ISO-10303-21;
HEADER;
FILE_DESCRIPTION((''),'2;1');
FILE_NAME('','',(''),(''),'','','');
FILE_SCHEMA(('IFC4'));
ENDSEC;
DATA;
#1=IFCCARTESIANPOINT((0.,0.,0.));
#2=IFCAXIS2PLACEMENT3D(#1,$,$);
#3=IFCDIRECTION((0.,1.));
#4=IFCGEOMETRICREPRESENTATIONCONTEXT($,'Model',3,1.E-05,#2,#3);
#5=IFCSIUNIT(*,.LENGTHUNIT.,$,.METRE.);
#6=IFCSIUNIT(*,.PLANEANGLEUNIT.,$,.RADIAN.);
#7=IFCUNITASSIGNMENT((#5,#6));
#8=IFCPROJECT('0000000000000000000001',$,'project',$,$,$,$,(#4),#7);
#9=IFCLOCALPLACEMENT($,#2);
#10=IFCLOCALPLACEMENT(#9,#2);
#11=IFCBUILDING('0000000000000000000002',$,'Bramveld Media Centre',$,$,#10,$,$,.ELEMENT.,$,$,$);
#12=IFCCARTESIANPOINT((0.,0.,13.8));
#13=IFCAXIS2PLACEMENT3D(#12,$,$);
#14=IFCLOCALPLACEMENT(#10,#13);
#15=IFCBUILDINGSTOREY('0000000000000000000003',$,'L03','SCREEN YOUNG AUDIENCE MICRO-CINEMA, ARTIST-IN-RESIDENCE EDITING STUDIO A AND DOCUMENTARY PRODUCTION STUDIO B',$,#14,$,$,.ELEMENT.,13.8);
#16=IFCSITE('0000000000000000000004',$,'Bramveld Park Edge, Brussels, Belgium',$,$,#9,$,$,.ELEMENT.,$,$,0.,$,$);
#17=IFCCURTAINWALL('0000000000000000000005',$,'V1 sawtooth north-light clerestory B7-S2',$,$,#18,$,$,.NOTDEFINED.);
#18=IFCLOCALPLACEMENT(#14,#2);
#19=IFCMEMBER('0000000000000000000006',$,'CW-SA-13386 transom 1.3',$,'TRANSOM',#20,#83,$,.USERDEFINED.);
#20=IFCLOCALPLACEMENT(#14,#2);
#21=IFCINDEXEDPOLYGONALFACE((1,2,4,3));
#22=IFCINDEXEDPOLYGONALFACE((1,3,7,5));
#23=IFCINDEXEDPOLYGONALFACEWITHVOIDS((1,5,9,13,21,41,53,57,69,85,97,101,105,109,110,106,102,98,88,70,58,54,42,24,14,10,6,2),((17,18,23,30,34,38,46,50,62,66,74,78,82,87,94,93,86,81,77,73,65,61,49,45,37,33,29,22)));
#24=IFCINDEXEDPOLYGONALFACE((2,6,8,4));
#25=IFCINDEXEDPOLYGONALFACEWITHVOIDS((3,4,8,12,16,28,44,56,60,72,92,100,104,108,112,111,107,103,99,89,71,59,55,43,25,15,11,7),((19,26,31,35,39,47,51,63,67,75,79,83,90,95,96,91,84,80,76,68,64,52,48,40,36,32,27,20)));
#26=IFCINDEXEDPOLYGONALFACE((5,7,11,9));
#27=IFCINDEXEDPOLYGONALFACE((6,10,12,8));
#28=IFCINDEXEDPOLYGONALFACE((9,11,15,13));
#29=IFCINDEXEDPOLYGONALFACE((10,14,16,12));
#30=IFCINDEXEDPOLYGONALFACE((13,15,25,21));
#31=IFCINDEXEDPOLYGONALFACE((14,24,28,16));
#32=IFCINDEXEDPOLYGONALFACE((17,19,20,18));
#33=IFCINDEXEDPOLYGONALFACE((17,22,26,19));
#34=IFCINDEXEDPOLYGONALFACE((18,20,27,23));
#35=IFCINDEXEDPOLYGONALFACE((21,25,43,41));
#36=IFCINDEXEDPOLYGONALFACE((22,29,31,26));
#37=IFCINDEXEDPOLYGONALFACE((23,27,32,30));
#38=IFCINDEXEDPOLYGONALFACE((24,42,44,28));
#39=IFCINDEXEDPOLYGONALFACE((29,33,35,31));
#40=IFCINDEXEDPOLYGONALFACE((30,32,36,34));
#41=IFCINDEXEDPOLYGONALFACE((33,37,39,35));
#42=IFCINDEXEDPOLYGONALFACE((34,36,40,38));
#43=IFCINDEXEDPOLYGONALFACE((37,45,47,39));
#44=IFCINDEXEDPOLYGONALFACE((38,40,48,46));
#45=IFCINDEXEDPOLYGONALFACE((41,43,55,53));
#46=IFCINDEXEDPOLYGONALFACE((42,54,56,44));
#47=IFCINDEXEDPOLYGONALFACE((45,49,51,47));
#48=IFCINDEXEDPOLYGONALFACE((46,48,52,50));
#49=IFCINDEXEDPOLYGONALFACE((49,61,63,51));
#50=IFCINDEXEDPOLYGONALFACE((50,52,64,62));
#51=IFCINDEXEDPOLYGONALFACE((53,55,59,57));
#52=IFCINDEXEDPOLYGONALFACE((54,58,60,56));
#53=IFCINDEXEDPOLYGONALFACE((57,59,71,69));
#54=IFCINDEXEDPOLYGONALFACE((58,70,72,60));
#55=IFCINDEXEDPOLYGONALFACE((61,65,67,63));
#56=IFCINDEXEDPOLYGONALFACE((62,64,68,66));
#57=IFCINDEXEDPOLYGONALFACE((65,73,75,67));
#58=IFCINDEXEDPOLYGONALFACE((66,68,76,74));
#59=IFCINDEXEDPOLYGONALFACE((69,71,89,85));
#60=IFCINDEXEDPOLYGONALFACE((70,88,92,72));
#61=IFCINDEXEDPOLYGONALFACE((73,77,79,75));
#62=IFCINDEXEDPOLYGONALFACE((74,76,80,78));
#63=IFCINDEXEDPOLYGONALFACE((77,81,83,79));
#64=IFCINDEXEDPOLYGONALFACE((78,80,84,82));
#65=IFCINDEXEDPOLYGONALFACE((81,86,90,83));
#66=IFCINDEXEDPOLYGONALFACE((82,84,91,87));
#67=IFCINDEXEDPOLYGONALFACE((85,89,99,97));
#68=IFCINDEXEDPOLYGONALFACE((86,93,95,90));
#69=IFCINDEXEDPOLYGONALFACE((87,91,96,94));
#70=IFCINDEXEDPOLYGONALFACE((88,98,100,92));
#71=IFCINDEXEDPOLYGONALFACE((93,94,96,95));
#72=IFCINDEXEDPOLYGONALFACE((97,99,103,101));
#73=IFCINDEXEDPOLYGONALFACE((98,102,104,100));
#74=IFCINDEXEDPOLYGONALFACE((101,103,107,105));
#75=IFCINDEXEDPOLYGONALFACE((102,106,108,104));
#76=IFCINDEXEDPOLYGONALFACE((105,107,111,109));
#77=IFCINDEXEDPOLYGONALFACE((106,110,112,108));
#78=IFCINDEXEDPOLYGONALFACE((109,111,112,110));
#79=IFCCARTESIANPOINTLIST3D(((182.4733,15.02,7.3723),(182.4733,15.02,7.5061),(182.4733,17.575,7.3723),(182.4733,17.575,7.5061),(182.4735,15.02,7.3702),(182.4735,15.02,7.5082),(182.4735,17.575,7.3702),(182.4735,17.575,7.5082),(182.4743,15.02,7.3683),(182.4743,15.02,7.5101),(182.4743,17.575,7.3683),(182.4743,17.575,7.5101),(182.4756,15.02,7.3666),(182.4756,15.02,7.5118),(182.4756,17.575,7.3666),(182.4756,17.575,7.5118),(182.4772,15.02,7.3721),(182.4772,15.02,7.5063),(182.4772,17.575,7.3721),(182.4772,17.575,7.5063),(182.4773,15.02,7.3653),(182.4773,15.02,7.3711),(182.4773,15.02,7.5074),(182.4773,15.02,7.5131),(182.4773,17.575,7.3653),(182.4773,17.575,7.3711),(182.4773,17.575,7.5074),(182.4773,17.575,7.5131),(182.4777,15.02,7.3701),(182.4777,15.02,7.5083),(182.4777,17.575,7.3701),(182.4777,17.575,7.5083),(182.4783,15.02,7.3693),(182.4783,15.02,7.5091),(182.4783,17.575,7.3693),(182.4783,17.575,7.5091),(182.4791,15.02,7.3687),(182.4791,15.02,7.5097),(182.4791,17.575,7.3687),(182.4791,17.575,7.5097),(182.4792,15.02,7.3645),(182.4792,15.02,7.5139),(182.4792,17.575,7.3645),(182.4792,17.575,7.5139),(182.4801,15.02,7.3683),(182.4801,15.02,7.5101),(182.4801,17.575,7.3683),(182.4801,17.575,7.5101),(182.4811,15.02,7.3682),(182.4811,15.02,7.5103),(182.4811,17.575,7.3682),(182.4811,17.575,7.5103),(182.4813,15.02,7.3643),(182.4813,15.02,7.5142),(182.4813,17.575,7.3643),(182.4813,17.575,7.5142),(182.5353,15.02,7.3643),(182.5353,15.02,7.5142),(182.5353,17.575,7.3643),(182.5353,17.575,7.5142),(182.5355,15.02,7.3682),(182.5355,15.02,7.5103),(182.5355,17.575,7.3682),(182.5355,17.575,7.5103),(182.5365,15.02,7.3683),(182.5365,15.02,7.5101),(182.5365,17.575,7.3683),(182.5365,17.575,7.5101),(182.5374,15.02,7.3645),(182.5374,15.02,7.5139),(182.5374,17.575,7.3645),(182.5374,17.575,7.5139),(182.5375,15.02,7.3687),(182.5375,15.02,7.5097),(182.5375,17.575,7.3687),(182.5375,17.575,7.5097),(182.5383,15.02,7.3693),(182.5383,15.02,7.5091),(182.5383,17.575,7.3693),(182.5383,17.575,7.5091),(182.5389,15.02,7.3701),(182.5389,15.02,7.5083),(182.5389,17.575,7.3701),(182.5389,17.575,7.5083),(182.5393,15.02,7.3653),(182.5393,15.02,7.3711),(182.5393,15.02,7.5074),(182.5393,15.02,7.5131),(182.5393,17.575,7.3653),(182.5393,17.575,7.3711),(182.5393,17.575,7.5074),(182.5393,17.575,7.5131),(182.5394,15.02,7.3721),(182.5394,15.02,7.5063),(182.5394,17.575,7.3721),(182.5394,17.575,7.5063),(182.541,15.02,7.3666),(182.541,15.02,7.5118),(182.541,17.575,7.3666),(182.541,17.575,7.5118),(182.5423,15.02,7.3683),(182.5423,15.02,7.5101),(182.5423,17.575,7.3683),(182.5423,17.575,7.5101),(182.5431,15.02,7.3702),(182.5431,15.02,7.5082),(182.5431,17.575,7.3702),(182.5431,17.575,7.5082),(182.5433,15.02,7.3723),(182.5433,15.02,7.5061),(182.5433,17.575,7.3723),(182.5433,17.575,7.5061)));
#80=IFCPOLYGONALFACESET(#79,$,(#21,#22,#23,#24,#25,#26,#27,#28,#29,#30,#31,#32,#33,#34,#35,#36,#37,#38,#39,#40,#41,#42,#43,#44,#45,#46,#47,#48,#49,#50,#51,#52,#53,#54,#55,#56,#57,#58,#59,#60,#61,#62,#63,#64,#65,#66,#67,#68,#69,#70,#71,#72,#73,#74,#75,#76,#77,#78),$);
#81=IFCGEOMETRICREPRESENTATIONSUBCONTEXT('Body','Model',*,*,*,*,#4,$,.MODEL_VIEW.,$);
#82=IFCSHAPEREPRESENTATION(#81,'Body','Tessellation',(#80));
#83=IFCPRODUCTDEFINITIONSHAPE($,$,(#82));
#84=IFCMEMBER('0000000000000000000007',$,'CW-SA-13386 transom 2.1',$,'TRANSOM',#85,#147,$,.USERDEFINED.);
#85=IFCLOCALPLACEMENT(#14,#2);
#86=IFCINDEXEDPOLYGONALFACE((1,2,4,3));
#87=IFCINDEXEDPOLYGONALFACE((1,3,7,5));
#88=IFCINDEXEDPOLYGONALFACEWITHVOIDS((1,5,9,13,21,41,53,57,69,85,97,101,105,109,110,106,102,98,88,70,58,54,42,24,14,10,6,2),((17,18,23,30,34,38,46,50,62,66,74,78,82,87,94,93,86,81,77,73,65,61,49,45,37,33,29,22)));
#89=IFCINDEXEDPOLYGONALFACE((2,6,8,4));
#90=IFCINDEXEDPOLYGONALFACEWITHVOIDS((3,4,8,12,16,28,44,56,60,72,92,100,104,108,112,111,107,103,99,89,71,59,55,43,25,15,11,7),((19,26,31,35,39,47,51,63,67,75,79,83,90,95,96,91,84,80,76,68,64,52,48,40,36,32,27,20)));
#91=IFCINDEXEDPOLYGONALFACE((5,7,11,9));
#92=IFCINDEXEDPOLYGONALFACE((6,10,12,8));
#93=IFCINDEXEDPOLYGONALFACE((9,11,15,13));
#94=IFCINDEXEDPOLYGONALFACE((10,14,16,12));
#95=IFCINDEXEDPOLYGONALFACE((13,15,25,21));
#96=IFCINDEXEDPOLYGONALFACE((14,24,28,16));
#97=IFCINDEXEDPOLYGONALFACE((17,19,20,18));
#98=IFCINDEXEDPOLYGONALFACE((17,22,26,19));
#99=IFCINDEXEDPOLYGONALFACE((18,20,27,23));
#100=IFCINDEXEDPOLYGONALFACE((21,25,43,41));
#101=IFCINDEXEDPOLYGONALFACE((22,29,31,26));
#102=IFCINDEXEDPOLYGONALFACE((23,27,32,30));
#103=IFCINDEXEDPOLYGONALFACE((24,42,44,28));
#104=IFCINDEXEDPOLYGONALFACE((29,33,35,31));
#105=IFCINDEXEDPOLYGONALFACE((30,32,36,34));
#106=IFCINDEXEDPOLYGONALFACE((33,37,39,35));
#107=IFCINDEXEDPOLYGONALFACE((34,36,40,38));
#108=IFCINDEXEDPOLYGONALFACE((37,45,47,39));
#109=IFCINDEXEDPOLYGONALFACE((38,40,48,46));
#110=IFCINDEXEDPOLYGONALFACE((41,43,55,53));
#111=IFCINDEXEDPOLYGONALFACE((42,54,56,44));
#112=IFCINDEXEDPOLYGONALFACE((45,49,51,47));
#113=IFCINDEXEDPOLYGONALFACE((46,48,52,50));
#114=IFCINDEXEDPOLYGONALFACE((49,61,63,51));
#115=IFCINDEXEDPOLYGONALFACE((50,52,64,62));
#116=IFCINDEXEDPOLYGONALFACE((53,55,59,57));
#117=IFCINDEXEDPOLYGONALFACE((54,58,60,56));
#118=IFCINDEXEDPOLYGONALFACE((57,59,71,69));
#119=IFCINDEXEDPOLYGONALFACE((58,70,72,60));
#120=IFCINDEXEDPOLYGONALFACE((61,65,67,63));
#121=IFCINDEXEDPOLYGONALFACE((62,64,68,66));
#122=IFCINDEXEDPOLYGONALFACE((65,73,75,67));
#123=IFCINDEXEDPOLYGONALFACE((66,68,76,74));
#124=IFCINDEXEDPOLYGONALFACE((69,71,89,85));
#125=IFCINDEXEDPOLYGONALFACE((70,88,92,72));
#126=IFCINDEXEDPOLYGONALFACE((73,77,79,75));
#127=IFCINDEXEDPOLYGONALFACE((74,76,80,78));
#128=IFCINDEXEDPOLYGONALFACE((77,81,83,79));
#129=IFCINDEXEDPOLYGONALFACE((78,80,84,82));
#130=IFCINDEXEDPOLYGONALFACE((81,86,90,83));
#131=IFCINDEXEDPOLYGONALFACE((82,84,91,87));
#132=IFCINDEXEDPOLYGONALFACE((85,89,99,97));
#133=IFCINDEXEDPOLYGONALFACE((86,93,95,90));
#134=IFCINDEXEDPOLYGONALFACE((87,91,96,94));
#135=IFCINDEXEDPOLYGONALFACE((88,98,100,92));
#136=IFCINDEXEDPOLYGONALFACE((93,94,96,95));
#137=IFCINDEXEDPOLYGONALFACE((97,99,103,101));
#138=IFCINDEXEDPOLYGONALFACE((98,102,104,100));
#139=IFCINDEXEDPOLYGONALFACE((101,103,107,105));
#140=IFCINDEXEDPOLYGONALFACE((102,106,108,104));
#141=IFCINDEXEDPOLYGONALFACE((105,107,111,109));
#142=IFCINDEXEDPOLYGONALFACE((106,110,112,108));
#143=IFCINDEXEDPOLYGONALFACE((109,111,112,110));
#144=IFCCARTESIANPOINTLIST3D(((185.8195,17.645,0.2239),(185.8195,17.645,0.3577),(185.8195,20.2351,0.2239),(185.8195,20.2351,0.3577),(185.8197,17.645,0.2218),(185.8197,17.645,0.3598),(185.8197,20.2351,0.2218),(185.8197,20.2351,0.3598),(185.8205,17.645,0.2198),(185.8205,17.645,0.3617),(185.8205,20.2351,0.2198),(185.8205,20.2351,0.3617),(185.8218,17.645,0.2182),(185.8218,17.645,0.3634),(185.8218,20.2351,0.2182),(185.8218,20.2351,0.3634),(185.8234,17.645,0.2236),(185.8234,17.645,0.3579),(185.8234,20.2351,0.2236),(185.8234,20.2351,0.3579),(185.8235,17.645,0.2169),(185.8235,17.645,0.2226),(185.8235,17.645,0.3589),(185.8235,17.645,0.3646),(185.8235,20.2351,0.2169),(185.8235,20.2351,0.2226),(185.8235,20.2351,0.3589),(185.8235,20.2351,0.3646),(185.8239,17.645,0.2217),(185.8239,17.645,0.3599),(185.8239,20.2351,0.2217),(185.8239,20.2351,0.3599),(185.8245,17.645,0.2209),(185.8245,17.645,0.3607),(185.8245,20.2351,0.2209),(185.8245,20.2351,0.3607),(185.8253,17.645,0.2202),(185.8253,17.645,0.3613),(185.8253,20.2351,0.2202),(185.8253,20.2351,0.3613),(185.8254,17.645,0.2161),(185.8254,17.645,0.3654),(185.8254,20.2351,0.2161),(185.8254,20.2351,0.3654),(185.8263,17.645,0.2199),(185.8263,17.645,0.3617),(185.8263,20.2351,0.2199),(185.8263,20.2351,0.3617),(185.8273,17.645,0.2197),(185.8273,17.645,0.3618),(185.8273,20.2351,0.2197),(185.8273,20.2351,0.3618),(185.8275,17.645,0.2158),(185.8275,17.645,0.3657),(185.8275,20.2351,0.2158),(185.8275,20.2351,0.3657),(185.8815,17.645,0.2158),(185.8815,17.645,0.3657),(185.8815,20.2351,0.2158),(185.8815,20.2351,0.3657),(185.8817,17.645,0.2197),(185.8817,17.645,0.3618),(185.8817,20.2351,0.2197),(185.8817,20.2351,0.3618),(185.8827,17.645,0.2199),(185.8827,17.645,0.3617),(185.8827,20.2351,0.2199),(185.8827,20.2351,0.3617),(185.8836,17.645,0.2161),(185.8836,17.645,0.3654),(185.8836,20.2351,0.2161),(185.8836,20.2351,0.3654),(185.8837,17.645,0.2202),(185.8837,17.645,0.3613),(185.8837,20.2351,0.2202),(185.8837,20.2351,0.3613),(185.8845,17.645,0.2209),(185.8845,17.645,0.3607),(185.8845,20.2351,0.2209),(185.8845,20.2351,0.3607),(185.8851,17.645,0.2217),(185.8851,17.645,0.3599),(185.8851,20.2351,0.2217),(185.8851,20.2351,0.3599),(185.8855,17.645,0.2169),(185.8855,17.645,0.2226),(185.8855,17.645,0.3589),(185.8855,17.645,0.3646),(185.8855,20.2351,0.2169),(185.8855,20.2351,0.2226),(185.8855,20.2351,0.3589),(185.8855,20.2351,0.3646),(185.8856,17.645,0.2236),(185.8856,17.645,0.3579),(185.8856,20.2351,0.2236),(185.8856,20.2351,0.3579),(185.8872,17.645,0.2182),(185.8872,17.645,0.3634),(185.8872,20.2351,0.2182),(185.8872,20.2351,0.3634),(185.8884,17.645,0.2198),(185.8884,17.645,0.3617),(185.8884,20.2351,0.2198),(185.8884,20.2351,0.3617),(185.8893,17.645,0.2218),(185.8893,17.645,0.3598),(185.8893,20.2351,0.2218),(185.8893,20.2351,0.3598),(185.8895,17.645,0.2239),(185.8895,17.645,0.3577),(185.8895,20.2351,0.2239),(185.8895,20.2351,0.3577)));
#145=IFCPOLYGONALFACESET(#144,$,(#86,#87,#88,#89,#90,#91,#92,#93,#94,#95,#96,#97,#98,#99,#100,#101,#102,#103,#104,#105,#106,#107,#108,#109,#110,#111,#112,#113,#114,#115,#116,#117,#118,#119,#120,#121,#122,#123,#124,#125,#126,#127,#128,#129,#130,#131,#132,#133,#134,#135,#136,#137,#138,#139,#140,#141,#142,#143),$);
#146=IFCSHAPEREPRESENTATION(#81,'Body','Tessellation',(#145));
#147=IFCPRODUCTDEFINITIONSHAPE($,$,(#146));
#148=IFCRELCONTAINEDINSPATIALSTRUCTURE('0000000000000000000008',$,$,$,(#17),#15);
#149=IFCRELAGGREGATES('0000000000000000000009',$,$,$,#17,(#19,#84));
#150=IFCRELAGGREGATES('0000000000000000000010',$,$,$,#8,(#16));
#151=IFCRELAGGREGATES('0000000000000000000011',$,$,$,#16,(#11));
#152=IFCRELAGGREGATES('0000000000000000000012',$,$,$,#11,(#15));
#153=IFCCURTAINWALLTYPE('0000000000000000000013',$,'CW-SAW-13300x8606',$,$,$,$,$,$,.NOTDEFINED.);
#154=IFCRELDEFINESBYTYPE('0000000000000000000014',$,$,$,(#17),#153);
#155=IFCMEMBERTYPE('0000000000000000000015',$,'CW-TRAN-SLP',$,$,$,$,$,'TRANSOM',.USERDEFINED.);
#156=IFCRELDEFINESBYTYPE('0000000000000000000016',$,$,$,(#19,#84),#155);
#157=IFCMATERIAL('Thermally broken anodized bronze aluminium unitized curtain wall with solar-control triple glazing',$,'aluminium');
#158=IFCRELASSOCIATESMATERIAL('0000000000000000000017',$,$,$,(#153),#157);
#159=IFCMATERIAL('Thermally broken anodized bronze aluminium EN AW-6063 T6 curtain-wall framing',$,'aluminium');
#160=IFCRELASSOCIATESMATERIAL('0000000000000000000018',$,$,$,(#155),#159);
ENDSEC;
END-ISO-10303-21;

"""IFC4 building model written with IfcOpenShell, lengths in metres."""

from ifc_helpers import new_model, si_unit, direction, frame, origin, origin_2d, place, context, subcontext, project, spatial, hollow_rectangle, extrude, material, material_profile, profile_set, type_object, element, aggregate, save


model = new_model("IFC4")

# Units and contexts
model_context = context("Model", 3, precision=1e-05, world=origin(), true_north=direction((0.0, 1.0)))
body_context = subcontext(model_context, "Body", "Model", "MODEL_VIEW")
ifc_project = project(units=[si_unit("LENGTHUNIT", "METRE"), si_unit("PLANEANGLEUNIT", "RADIAN")], contexts=[model_context])

# Site, building, storey
site_placement = place(None, origin())
site = spatial("IfcSite", under=ifc_project, at=site_placement, Name="Bramveld Park Edge, Brussels, Belgium", CompositionType="ELEMENT", RefElevation=0.0)
building_placement = place(site_placement, origin())
building = spatial("IfcBuilding", under=site, at=building_placement, Name="Bramveld Media Centre", CompositionType="ELEMENT")
storey_placement = place(building_placement, frame((0.0, 0.0, 13.8)))
storey = spatial("IfcBuildingStorey", under=building, at=storey_placement, Name="L03", Description="SCREEN YOUNG AUDIENCE MICRO-CINEMA, ARTIST-IN-RESIDENCE EDITING STUDIO A AND DOCUMENTARY PRODUCTION STUDIO B", CompositionType="ELEMENT", Elevation=13.8)

# Curtain wall
ifc_material_1 = material(Name="Thermally broken anodized bronze aluminium unitized curtain wall with solar-control triple glazing", Category="aluminium")
curtain_wall_type = type_object("IfcCurtainWallType", Name="CW-SAW-13300x8606", PredefinedType="NOTDEFINED", material=ifc_material_1)
curtain_wall_1_placement = place(storey_placement, origin())
curtain_wall_1 = element("IfcCurtainWall", 1, at=curtain_wall_1_placement, inside=storey, type_object=curtain_wall_type, Name="V1 sawtooth north-light clerestory B7-S2", PredefinedType="NOTDEFINED")

# Members
ifc_material_2 = material(Name="Thermally broken anodized bronze aluminium EN AW-6063 T6 curtain-wall framing", Category="aluminium")
ifc_material_profile_1 = material_profile(ifc_material_2, hollow_rectangle(XDim=0.0701, YDim=0.1499, WallThickness=0.0039, InnerFilletRadius=0.0039, OuterFilletRadius=0.0081, at=origin_2d()), Name="AL-TRAN 70x150")
ifc_profile_set_1 = profile_set([ifc_material_profile_1], Name="Thermally broken anodized bronze aluminium EN AW-6063 T6 curtain-wall framing")
member_type_1 = type_object("IfcMemberType", Name="CW-TRAN-SLP", ElementType="TRANSOM", PredefinedType="USERDEFINED", material=ifc_profile_set_1)
member_1_placement = place(storey_placement, frame((182.5083, 15.02, 7.4392), z_axis=(0.0, 1.0, 0.0), x_axis=(-1.0, 0.0, 0.0)))
member_1 = element("IfcMember", 2, at=member_1_placement, type_object=member_type_1, Name="CW-SA-13386 transom 1.3", ObjectType="TRANSOM", PredefinedType="USERDEFINED", context=body_context, shape_type="SweptSolid", body=[
    extrude(hollow_rectangle(XDim=0.0701, YDim=0.1499, WallThickness=0.0039, InnerFilletRadius=0.0039, OuterFilletRadius=0.0081, at=origin_2d()), origin(), (0.0, 0.0, 1.0), 2.5549),
])
member_2_placement = place(storey_placement, frame((185.8545, 17.645, 0.2908), z_axis=(0.0, 1.0, 0.0), x_axis=(-1.0, 0.0, 0.0)))
member_2 = element("IfcMember", 3, at=member_2_placement, type_object=member_type_1, Name="CW-SA-13386 transom 2.1", ObjectType="TRANSOM", PredefinedType="USERDEFINED", context=body_context, shape_type="SweptSolid", body=[
    extrude(hollow_rectangle(XDim=0.0701, YDim=0.1499, WallThickness=0.0039, InnerFilletRadius=0.0039, OuterFilletRadius=0.0081, at=origin_2d()), origin(), (0.0, 0.0, 1.0), 2.5901),
])

aggregate(curtain_wall_1, [member_1, member_2])

save(model, "model.ifc")
